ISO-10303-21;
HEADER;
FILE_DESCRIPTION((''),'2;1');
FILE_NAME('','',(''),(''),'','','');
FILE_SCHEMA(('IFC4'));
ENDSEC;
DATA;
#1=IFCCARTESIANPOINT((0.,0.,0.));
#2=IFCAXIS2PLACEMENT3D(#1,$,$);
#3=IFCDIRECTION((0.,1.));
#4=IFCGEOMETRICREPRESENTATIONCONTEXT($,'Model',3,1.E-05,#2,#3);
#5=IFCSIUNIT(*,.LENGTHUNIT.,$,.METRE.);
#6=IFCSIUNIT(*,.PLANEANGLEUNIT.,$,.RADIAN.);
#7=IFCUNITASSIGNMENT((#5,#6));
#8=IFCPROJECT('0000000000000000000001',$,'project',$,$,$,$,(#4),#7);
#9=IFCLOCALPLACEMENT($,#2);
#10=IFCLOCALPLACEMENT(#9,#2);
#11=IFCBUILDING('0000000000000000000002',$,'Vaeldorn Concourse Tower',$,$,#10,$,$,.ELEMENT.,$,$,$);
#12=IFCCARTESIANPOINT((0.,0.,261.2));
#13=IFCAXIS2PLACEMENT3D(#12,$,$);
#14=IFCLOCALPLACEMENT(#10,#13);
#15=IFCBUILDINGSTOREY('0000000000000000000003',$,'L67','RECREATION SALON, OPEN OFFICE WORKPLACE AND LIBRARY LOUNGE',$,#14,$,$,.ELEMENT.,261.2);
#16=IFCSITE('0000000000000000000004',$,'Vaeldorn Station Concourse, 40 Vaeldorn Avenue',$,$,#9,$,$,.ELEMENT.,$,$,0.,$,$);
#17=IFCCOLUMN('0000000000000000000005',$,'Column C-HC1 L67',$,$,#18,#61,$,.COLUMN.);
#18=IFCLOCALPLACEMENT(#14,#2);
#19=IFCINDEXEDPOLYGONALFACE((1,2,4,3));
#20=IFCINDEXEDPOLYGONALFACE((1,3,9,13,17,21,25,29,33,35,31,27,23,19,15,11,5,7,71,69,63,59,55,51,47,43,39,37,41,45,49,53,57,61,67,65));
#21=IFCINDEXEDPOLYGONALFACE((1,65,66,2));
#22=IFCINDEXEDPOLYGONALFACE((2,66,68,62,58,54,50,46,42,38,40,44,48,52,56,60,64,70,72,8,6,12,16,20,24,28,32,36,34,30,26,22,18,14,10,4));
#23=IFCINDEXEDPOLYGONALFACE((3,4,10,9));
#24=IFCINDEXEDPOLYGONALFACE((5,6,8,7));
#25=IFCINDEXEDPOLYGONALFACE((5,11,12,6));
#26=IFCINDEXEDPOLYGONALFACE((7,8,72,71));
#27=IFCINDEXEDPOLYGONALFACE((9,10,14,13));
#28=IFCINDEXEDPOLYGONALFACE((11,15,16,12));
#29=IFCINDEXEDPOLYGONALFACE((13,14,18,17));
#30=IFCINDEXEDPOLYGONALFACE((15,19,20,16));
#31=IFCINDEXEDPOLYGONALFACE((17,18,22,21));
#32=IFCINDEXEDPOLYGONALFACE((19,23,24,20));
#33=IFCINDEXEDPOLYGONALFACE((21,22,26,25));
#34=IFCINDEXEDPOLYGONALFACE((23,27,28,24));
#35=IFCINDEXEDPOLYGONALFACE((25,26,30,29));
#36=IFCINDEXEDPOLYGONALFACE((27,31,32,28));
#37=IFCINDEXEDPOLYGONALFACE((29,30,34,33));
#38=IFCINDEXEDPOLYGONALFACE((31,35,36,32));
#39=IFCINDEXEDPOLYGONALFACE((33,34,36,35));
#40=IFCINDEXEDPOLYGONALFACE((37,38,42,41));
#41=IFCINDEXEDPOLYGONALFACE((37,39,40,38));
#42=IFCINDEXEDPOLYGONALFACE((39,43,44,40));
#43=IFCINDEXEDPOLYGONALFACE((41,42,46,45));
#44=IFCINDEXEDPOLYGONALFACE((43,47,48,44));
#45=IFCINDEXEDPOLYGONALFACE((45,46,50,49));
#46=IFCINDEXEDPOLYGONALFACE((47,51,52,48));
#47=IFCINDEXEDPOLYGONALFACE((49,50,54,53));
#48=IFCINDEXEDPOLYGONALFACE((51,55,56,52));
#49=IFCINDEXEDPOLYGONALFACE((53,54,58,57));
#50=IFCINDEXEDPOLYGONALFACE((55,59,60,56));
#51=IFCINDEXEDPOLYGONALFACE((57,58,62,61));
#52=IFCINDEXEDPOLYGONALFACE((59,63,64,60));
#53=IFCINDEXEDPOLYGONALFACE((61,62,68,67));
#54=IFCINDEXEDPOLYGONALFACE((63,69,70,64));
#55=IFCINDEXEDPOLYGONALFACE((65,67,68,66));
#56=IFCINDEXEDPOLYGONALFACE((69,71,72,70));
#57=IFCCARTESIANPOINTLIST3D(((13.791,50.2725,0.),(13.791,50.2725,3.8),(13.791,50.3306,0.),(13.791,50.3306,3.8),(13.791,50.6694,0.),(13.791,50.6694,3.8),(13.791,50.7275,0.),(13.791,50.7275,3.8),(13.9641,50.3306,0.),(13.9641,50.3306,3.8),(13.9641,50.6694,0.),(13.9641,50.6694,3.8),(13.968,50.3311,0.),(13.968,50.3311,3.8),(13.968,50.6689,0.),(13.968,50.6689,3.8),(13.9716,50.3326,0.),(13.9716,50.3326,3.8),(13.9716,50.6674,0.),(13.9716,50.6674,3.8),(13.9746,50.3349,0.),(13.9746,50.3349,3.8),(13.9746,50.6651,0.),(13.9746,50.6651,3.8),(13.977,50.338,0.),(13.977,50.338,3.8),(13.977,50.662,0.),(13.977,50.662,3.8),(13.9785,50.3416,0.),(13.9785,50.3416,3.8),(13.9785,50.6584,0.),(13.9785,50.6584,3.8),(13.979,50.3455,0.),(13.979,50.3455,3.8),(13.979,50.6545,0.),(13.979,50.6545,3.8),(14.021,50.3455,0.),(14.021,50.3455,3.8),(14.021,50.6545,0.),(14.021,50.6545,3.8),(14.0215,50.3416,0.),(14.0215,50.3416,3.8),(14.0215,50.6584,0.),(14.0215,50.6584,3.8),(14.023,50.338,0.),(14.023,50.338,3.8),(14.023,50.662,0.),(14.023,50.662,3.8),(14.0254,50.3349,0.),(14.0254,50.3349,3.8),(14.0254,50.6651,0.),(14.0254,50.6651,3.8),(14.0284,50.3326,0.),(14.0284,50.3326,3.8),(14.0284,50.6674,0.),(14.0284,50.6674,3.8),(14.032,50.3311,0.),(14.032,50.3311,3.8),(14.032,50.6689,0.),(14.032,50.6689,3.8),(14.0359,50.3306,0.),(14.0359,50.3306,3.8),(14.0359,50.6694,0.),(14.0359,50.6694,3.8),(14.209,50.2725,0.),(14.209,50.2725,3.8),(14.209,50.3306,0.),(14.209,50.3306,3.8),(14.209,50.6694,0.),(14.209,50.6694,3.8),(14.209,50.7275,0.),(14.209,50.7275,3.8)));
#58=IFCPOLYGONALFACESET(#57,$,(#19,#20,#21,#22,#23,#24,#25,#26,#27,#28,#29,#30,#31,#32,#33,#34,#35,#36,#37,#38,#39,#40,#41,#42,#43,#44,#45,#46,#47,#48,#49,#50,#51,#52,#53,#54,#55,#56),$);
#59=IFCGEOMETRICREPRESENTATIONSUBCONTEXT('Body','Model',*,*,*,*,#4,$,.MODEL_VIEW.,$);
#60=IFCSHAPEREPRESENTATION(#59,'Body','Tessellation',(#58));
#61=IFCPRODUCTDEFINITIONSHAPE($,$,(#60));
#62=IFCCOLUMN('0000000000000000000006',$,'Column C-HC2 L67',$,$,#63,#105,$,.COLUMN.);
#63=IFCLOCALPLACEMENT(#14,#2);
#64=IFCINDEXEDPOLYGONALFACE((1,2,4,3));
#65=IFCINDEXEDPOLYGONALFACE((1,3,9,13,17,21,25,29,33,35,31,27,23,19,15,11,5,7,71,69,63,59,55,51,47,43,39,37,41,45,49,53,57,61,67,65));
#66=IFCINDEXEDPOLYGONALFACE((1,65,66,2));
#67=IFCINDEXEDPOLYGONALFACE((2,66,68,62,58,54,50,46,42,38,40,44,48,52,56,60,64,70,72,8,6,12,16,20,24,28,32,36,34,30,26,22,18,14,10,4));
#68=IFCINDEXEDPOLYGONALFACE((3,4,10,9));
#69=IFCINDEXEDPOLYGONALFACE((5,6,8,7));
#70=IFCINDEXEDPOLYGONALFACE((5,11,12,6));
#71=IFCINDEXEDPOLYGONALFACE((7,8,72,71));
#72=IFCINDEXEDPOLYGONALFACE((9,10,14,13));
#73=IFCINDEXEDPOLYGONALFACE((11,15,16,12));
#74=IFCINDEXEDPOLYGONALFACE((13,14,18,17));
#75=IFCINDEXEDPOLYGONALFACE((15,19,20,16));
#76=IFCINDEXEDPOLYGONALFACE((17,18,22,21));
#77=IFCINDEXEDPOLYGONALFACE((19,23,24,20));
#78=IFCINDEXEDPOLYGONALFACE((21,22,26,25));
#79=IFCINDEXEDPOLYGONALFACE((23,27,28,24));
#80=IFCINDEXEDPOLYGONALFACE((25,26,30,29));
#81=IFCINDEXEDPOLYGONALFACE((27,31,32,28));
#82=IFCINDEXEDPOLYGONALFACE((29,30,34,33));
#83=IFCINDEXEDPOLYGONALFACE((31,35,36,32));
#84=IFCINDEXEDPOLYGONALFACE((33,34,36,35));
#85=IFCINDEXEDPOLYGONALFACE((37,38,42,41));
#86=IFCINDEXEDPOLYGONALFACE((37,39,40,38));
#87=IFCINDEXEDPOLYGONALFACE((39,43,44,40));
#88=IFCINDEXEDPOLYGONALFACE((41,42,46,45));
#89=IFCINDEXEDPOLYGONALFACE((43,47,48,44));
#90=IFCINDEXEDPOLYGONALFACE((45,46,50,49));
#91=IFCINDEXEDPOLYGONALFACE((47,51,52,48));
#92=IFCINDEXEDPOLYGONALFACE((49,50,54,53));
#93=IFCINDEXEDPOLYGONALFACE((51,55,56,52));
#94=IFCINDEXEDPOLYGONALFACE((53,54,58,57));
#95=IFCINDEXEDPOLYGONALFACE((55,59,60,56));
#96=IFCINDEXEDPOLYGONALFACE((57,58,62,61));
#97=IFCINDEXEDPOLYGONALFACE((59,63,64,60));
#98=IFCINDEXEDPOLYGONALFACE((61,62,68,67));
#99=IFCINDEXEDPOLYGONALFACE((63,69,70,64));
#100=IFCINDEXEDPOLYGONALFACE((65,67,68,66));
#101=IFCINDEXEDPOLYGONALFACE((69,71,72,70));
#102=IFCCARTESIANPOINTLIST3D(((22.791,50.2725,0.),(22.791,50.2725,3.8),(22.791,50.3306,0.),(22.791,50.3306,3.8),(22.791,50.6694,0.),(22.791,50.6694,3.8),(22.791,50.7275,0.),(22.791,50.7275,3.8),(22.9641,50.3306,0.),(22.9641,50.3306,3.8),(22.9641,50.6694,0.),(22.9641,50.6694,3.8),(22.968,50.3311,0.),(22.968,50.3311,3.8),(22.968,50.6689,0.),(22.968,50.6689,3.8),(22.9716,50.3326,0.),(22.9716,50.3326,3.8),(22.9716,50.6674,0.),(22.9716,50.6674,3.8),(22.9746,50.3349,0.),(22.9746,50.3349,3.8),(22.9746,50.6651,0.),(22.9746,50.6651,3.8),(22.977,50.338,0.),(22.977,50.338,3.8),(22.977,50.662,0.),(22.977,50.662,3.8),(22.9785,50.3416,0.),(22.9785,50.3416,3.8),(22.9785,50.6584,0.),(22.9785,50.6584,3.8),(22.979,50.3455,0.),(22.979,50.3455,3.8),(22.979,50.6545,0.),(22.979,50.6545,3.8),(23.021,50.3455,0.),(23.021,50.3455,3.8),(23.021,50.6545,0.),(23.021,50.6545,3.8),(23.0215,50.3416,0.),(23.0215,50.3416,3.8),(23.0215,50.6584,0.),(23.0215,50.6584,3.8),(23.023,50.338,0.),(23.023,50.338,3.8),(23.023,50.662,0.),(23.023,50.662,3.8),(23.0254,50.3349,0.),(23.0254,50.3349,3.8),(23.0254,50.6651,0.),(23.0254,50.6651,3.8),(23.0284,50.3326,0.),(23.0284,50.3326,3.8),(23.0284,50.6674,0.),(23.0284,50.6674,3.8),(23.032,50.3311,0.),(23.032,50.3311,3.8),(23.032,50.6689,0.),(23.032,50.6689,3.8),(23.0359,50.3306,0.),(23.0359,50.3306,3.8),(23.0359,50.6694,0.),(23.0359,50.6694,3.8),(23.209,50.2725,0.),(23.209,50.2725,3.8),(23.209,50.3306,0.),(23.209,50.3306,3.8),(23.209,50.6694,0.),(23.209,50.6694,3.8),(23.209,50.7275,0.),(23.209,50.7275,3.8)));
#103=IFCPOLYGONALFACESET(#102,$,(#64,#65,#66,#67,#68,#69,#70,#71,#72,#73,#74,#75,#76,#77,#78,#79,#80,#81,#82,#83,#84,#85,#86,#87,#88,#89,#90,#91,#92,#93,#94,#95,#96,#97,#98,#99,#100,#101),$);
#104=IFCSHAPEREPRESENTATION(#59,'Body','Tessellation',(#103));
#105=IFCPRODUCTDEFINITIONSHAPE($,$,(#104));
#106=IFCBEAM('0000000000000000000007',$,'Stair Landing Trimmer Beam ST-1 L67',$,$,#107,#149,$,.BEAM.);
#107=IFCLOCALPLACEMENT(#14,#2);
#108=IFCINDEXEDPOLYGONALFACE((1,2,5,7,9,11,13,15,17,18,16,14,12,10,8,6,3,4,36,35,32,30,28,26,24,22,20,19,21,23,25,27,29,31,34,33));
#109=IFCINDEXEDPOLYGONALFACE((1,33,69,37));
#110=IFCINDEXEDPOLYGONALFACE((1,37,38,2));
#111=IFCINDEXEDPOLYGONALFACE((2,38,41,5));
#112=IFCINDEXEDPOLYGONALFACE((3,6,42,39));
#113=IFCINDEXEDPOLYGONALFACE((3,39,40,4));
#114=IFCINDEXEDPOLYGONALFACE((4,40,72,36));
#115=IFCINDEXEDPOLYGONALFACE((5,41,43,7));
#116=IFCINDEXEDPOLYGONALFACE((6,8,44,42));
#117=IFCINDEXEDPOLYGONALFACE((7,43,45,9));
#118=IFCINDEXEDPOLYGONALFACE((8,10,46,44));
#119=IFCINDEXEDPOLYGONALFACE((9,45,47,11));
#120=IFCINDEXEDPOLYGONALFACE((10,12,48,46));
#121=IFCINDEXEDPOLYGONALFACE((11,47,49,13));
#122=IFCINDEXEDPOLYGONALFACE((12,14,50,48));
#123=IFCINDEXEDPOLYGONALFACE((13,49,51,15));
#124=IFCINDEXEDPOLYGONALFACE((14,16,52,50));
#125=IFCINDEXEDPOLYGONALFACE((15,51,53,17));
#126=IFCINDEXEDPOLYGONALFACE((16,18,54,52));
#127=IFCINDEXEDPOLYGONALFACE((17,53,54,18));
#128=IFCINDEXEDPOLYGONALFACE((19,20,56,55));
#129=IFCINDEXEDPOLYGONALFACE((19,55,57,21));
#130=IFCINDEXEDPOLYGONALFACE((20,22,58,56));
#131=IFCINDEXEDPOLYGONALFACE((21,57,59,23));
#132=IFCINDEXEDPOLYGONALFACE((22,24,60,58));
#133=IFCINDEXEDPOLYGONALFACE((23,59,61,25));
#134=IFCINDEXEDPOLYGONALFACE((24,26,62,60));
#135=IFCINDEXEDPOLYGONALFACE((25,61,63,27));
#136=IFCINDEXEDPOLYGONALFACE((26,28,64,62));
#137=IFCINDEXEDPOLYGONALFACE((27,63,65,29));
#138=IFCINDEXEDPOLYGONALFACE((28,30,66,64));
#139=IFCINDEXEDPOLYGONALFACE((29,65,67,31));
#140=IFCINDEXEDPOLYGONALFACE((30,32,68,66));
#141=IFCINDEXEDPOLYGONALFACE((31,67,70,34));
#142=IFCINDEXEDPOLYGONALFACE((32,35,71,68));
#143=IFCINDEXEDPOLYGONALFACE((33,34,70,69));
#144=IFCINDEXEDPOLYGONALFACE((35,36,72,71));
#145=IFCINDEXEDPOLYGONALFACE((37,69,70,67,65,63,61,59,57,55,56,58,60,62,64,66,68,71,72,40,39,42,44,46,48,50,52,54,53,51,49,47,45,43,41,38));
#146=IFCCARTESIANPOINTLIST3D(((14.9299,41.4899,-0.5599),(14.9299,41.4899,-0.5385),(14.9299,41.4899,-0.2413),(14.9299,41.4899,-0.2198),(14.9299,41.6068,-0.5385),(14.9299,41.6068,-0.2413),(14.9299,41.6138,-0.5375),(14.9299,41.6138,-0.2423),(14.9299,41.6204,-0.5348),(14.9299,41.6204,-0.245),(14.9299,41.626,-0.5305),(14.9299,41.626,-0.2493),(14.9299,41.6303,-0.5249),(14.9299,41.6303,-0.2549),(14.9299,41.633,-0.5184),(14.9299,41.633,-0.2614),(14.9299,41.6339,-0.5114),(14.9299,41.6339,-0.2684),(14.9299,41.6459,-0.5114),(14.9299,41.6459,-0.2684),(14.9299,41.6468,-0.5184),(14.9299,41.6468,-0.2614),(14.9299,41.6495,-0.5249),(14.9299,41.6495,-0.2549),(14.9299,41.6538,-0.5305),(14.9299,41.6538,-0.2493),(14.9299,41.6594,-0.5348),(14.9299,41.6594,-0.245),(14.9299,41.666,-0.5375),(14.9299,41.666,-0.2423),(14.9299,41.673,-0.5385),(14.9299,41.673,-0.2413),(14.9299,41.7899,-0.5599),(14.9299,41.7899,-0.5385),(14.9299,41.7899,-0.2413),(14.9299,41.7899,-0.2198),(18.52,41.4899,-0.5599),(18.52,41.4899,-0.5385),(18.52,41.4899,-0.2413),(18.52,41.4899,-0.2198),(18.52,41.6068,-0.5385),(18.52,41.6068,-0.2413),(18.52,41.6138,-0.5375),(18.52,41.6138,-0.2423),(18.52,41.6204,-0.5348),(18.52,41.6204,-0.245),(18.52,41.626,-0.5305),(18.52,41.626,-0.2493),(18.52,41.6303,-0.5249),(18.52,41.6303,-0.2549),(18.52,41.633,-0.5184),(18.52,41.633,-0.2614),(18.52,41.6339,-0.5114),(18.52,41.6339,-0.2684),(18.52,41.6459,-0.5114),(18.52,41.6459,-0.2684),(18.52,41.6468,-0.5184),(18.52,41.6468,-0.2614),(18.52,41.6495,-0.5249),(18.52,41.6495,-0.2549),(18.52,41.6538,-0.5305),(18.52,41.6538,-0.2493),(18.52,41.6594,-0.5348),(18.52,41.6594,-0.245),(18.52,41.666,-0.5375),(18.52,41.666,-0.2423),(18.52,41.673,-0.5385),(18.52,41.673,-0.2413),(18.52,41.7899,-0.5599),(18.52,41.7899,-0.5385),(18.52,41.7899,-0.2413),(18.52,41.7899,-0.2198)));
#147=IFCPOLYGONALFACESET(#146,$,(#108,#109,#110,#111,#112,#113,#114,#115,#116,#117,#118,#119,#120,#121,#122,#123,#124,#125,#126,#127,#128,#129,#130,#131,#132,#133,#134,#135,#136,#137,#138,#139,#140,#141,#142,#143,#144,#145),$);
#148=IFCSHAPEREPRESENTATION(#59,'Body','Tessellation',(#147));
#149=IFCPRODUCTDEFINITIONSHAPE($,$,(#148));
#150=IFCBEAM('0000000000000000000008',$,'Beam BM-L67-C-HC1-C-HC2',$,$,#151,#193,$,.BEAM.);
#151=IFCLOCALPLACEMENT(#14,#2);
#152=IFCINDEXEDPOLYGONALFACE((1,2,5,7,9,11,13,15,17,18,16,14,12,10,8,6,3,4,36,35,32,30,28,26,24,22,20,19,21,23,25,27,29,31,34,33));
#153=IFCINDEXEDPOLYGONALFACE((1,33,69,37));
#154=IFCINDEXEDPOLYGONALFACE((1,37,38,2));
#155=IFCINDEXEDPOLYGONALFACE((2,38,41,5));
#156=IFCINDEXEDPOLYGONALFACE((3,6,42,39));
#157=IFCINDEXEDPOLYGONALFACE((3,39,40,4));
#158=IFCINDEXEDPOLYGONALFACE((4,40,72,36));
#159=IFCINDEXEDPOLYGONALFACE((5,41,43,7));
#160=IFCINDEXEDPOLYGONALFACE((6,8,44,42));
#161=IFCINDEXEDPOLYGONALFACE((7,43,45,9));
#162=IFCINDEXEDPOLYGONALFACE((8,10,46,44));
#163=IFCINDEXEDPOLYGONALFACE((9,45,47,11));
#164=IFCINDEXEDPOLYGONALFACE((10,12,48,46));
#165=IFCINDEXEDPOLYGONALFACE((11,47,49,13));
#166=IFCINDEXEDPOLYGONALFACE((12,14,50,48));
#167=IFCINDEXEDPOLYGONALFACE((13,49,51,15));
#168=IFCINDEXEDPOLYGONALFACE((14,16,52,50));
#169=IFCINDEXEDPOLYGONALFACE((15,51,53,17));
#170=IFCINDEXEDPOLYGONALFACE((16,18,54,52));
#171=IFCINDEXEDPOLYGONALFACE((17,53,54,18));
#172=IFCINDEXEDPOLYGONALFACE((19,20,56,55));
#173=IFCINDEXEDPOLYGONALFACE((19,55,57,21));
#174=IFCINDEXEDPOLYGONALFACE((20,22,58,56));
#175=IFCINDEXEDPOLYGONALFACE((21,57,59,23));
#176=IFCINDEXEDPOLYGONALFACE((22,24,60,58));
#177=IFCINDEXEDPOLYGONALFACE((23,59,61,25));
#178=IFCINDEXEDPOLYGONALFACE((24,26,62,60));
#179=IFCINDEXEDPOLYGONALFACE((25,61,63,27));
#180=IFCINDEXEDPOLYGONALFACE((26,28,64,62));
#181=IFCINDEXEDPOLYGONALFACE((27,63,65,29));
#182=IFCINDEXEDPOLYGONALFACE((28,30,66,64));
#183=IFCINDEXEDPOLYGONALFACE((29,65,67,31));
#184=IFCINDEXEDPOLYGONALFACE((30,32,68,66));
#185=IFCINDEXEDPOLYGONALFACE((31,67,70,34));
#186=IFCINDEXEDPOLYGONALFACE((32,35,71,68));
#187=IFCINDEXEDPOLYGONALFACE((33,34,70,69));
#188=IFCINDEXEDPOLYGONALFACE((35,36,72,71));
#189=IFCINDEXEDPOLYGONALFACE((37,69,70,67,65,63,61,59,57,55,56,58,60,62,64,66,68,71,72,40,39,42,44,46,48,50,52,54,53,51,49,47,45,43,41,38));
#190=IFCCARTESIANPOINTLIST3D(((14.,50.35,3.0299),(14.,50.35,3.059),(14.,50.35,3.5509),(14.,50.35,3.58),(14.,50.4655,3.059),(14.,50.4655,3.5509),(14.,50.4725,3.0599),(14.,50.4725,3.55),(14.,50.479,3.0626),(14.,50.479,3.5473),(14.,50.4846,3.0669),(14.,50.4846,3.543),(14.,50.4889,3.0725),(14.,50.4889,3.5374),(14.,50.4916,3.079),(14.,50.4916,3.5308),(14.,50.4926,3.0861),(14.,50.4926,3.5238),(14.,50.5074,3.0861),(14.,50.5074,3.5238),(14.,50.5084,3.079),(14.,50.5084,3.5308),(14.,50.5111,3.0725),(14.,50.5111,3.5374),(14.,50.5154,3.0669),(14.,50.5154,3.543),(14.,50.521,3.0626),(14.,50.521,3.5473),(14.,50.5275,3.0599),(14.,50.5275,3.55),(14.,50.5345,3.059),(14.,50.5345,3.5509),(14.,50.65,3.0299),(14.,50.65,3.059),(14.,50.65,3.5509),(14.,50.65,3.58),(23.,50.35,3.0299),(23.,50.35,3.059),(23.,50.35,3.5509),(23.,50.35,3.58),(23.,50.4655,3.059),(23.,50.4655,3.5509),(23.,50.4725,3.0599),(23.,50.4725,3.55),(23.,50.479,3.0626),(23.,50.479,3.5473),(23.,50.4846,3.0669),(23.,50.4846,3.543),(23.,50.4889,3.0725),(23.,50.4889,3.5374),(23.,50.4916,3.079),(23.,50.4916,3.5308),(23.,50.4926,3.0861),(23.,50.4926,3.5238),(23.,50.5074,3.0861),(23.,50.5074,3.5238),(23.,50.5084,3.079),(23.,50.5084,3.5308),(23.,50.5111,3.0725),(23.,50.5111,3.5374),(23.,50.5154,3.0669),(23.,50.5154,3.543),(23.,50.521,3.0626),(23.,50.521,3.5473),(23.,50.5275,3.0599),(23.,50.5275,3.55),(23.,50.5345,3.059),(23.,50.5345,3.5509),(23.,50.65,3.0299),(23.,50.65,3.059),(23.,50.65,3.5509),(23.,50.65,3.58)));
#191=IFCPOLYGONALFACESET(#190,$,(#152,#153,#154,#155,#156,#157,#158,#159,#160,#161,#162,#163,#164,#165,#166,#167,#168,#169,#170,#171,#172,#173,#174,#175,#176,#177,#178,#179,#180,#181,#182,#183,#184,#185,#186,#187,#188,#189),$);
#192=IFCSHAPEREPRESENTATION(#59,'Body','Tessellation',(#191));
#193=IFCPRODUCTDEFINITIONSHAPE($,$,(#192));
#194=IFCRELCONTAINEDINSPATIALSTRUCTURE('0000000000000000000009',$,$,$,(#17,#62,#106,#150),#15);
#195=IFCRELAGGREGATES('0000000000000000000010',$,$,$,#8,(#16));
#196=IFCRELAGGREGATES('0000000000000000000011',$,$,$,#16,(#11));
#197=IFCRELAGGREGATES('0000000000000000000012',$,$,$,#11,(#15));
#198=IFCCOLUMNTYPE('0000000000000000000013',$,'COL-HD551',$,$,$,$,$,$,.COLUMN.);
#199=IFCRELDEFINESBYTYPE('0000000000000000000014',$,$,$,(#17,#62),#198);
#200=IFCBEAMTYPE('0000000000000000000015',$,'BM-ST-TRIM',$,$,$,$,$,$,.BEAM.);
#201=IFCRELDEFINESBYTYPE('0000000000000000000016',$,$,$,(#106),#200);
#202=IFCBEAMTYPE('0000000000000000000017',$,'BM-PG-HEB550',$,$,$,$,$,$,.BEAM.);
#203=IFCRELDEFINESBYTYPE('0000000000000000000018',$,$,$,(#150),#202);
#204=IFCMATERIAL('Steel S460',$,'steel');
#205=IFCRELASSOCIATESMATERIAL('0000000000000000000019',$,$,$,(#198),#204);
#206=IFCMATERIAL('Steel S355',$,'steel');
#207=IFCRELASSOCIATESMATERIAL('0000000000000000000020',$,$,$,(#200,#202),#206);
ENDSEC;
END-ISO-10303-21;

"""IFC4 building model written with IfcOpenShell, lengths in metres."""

from ifc_helpers import new_model, si_unit, direction, frame, origin, origin_2d, place, context, subcontext, project, spatial, i_section, extrude, source, transform, mapped, material, material_profile, profile_set, type_object, element, save


model = new_model("IFC4")

# Units and contexts
model_context = context("Model", 3, precision=1e-05, world=origin(), true_north=direction((0.0, 1.0)))
body_context = subcontext(model_context, "Body", "Model", "MODEL_VIEW")
ifc_project = project(units=[si_unit("LENGTHUNIT", "METRE"), si_unit("PLANEANGLEUNIT", "RADIAN")], contexts=[model_context])

# Site, building, storey
site_placement = place(None, origin())
site = spatial("IfcSite", under=ifc_project, at=site_placement, Name="Vaeldorn Station Concourse, 40 Vaeldorn Avenue", CompositionType="ELEMENT", RefElevation=0.0)
building_placement = place(site_placement, origin())
building = spatial("IfcBuilding", under=site, at=building_placement, Name="Vaeldorn Concourse Tower", CompositionType="ELEMENT")
storey_placement = place(building_placement, frame((0.0, 0.0, 261.2)))
storey = spatial("IfcBuildingStorey", under=building, at=storey_placement, Name="L67", Description="RECREATION SALON, OPEN OFFICE WORKPLACE AND LIBRARY LOUNGE", CompositionType="ELEMENT", Elevation=261.2)

# Columns
ifc_material_1 = material(Name="Steel S460", Category="steel")
ifc_material_profile_1 = material_profile(ifc_material_1, i_section(OverallWidth=0.418, OverallDepth=0.4551, WebThickness=0.042, FlangeThickness=0.0581, FilletRadius=0.0149, at=origin_2d()), Name="HD 400x551")
ifc_profile_set_1 = profile_set([ifc_material_profile_1], Name="Steel S460")
column_type = type_object("IfcColumnType", Name="COL-HD551", PredefinedType="COLUMN", material=ifc_profile_set_1)
shared_shape_1 = source(origin(), body_context, "Body", "SweptSolid", [
    extrude(i_section(OverallWidth=0.418, OverallDepth=0.4551, WebThickness=0.042, FlangeThickness=0.0581, FilletRadius=0.0149, at=origin_2d()), origin(), (0.0, 0.0, 1.0), 3.8),
])
for number, where, z_axis, x_axis, name in (
    (1, (14.0, 50.5, 0.0), (0.0, 0.0, 1.0), (1.0, 0.0, 0.0), "Column C-HC1 L67"),
    (2, (23.0, 50.5, 0.0), (0.0, 0.0, 1.0), (1.0, 0.0, 0.0), "Column C-HC2 L67"),
):
    element("IfcColumn", number, at=place(storey_placement, frame(where, z_axis=z_axis, x_axis=x_axis)), inside=storey, type_object=column_type, Name=name, PredefinedType="COLUMN", context=body_context, shape_type="MappedRepresentation", body=[
        mapped(shared_shape_1, transform((0.0, 0.0, 0.0), scale=1.0)),
    ])

# Beams
ifc_material_2 = material(Name="Steel S355", Category="steel")
ifc_material_profile_2 = material_profile(ifc_material_2, i_section(OverallWidth=0.3, OverallDepth=0.3401, WebThickness=0.012, FlangeThickness=0.0215, FilletRadius=0.0271, at=origin_2d()), Name="HEB 340")
ifc_profile_set_2 = profile_set([ifc_material_profile_2], Name="Steel S355")
beam_type_1 = type_object("IfcBeamType", Name="BM-ST-TRIM", PredefinedType="BEAM", material=ifc_profile_set_2)
shared_shape_2 = source(origin(), body_context, "Body", "SweptSolid", [
    extrude(i_section(OverallWidth=0.3, OverallDepth=0.3401, WebThickness=0.012, FlangeThickness=0.0215, FilletRadius=0.0271, at=origin_2d()), origin(), (0.0, 0.0, 1.0), 3.5901),
])
beam_1_placement = place(storey_placement, frame((14.9299, 41.6399, -0.3899), z_axis=(1.0, 0.0, 0.0), x_axis=(0.0, 1.0, 0.0)))
element("IfcBeam", 3, at=beam_1_placement, inside=storey, type_object=beam_type_1, Name="Stair Landing Trimmer Beam ST-1 L67", PredefinedType="BEAM", context=body_context, shape_type="MappedRepresentation", body=[
    mapped(shared_shape_2, transform((0.0, 0.0, 0.0), scale=1.0)),
])
ifc_material_profile_3 = material_profile(ifc_material_2, i_section(OverallWidth=0.3, OverallDepth=0.55, WebThickness=0.0149, FlangeThickness=0.0291, FilletRadius=0.0271, at=origin_2d()), Name="HEB 550")
ifc_profile_set_3 = profile_set([ifc_material_profile_3], Name="Steel S355")
beam_type_2 = type_object("IfcBeamType", Name="BM-PG-HEB550", PredefinedType="BEAM", material=ifc_profile_set_3)
shared_shape_3 = source(origin(), body_context, "Body", "SweptSolid", [
    extrude(i_section(OverallWidth=0.3, OverallDepth=0.55, WebThickness=0.0149, FlangeThickness=0.0291, FilletRadius=0.0271, at=origin_2d()), origin(), (0.0, 0.0, 1.0), 9.0),
])
beam_2_placement = place(storey_placement, frame((14.0, 50.5, 3.3049), z_axis=(1.0, 0.0, 0.0), x_axis=(0.0, 1.0, 0.0)))
element("IfcBeam", 4, at=beam_2_placement, inside=storey, type_object=beam_type_2, Name="Beam BM-L67-C-HC1-C-HC2", PredefinedType="BEAM", context=body_context, shape_type="MappedRepresentation", body=[
    mapped(shared_shape_3, transform((0.0, 0.0, 0.0), scale=1.0)),
])

save(model, "model.ifc")
